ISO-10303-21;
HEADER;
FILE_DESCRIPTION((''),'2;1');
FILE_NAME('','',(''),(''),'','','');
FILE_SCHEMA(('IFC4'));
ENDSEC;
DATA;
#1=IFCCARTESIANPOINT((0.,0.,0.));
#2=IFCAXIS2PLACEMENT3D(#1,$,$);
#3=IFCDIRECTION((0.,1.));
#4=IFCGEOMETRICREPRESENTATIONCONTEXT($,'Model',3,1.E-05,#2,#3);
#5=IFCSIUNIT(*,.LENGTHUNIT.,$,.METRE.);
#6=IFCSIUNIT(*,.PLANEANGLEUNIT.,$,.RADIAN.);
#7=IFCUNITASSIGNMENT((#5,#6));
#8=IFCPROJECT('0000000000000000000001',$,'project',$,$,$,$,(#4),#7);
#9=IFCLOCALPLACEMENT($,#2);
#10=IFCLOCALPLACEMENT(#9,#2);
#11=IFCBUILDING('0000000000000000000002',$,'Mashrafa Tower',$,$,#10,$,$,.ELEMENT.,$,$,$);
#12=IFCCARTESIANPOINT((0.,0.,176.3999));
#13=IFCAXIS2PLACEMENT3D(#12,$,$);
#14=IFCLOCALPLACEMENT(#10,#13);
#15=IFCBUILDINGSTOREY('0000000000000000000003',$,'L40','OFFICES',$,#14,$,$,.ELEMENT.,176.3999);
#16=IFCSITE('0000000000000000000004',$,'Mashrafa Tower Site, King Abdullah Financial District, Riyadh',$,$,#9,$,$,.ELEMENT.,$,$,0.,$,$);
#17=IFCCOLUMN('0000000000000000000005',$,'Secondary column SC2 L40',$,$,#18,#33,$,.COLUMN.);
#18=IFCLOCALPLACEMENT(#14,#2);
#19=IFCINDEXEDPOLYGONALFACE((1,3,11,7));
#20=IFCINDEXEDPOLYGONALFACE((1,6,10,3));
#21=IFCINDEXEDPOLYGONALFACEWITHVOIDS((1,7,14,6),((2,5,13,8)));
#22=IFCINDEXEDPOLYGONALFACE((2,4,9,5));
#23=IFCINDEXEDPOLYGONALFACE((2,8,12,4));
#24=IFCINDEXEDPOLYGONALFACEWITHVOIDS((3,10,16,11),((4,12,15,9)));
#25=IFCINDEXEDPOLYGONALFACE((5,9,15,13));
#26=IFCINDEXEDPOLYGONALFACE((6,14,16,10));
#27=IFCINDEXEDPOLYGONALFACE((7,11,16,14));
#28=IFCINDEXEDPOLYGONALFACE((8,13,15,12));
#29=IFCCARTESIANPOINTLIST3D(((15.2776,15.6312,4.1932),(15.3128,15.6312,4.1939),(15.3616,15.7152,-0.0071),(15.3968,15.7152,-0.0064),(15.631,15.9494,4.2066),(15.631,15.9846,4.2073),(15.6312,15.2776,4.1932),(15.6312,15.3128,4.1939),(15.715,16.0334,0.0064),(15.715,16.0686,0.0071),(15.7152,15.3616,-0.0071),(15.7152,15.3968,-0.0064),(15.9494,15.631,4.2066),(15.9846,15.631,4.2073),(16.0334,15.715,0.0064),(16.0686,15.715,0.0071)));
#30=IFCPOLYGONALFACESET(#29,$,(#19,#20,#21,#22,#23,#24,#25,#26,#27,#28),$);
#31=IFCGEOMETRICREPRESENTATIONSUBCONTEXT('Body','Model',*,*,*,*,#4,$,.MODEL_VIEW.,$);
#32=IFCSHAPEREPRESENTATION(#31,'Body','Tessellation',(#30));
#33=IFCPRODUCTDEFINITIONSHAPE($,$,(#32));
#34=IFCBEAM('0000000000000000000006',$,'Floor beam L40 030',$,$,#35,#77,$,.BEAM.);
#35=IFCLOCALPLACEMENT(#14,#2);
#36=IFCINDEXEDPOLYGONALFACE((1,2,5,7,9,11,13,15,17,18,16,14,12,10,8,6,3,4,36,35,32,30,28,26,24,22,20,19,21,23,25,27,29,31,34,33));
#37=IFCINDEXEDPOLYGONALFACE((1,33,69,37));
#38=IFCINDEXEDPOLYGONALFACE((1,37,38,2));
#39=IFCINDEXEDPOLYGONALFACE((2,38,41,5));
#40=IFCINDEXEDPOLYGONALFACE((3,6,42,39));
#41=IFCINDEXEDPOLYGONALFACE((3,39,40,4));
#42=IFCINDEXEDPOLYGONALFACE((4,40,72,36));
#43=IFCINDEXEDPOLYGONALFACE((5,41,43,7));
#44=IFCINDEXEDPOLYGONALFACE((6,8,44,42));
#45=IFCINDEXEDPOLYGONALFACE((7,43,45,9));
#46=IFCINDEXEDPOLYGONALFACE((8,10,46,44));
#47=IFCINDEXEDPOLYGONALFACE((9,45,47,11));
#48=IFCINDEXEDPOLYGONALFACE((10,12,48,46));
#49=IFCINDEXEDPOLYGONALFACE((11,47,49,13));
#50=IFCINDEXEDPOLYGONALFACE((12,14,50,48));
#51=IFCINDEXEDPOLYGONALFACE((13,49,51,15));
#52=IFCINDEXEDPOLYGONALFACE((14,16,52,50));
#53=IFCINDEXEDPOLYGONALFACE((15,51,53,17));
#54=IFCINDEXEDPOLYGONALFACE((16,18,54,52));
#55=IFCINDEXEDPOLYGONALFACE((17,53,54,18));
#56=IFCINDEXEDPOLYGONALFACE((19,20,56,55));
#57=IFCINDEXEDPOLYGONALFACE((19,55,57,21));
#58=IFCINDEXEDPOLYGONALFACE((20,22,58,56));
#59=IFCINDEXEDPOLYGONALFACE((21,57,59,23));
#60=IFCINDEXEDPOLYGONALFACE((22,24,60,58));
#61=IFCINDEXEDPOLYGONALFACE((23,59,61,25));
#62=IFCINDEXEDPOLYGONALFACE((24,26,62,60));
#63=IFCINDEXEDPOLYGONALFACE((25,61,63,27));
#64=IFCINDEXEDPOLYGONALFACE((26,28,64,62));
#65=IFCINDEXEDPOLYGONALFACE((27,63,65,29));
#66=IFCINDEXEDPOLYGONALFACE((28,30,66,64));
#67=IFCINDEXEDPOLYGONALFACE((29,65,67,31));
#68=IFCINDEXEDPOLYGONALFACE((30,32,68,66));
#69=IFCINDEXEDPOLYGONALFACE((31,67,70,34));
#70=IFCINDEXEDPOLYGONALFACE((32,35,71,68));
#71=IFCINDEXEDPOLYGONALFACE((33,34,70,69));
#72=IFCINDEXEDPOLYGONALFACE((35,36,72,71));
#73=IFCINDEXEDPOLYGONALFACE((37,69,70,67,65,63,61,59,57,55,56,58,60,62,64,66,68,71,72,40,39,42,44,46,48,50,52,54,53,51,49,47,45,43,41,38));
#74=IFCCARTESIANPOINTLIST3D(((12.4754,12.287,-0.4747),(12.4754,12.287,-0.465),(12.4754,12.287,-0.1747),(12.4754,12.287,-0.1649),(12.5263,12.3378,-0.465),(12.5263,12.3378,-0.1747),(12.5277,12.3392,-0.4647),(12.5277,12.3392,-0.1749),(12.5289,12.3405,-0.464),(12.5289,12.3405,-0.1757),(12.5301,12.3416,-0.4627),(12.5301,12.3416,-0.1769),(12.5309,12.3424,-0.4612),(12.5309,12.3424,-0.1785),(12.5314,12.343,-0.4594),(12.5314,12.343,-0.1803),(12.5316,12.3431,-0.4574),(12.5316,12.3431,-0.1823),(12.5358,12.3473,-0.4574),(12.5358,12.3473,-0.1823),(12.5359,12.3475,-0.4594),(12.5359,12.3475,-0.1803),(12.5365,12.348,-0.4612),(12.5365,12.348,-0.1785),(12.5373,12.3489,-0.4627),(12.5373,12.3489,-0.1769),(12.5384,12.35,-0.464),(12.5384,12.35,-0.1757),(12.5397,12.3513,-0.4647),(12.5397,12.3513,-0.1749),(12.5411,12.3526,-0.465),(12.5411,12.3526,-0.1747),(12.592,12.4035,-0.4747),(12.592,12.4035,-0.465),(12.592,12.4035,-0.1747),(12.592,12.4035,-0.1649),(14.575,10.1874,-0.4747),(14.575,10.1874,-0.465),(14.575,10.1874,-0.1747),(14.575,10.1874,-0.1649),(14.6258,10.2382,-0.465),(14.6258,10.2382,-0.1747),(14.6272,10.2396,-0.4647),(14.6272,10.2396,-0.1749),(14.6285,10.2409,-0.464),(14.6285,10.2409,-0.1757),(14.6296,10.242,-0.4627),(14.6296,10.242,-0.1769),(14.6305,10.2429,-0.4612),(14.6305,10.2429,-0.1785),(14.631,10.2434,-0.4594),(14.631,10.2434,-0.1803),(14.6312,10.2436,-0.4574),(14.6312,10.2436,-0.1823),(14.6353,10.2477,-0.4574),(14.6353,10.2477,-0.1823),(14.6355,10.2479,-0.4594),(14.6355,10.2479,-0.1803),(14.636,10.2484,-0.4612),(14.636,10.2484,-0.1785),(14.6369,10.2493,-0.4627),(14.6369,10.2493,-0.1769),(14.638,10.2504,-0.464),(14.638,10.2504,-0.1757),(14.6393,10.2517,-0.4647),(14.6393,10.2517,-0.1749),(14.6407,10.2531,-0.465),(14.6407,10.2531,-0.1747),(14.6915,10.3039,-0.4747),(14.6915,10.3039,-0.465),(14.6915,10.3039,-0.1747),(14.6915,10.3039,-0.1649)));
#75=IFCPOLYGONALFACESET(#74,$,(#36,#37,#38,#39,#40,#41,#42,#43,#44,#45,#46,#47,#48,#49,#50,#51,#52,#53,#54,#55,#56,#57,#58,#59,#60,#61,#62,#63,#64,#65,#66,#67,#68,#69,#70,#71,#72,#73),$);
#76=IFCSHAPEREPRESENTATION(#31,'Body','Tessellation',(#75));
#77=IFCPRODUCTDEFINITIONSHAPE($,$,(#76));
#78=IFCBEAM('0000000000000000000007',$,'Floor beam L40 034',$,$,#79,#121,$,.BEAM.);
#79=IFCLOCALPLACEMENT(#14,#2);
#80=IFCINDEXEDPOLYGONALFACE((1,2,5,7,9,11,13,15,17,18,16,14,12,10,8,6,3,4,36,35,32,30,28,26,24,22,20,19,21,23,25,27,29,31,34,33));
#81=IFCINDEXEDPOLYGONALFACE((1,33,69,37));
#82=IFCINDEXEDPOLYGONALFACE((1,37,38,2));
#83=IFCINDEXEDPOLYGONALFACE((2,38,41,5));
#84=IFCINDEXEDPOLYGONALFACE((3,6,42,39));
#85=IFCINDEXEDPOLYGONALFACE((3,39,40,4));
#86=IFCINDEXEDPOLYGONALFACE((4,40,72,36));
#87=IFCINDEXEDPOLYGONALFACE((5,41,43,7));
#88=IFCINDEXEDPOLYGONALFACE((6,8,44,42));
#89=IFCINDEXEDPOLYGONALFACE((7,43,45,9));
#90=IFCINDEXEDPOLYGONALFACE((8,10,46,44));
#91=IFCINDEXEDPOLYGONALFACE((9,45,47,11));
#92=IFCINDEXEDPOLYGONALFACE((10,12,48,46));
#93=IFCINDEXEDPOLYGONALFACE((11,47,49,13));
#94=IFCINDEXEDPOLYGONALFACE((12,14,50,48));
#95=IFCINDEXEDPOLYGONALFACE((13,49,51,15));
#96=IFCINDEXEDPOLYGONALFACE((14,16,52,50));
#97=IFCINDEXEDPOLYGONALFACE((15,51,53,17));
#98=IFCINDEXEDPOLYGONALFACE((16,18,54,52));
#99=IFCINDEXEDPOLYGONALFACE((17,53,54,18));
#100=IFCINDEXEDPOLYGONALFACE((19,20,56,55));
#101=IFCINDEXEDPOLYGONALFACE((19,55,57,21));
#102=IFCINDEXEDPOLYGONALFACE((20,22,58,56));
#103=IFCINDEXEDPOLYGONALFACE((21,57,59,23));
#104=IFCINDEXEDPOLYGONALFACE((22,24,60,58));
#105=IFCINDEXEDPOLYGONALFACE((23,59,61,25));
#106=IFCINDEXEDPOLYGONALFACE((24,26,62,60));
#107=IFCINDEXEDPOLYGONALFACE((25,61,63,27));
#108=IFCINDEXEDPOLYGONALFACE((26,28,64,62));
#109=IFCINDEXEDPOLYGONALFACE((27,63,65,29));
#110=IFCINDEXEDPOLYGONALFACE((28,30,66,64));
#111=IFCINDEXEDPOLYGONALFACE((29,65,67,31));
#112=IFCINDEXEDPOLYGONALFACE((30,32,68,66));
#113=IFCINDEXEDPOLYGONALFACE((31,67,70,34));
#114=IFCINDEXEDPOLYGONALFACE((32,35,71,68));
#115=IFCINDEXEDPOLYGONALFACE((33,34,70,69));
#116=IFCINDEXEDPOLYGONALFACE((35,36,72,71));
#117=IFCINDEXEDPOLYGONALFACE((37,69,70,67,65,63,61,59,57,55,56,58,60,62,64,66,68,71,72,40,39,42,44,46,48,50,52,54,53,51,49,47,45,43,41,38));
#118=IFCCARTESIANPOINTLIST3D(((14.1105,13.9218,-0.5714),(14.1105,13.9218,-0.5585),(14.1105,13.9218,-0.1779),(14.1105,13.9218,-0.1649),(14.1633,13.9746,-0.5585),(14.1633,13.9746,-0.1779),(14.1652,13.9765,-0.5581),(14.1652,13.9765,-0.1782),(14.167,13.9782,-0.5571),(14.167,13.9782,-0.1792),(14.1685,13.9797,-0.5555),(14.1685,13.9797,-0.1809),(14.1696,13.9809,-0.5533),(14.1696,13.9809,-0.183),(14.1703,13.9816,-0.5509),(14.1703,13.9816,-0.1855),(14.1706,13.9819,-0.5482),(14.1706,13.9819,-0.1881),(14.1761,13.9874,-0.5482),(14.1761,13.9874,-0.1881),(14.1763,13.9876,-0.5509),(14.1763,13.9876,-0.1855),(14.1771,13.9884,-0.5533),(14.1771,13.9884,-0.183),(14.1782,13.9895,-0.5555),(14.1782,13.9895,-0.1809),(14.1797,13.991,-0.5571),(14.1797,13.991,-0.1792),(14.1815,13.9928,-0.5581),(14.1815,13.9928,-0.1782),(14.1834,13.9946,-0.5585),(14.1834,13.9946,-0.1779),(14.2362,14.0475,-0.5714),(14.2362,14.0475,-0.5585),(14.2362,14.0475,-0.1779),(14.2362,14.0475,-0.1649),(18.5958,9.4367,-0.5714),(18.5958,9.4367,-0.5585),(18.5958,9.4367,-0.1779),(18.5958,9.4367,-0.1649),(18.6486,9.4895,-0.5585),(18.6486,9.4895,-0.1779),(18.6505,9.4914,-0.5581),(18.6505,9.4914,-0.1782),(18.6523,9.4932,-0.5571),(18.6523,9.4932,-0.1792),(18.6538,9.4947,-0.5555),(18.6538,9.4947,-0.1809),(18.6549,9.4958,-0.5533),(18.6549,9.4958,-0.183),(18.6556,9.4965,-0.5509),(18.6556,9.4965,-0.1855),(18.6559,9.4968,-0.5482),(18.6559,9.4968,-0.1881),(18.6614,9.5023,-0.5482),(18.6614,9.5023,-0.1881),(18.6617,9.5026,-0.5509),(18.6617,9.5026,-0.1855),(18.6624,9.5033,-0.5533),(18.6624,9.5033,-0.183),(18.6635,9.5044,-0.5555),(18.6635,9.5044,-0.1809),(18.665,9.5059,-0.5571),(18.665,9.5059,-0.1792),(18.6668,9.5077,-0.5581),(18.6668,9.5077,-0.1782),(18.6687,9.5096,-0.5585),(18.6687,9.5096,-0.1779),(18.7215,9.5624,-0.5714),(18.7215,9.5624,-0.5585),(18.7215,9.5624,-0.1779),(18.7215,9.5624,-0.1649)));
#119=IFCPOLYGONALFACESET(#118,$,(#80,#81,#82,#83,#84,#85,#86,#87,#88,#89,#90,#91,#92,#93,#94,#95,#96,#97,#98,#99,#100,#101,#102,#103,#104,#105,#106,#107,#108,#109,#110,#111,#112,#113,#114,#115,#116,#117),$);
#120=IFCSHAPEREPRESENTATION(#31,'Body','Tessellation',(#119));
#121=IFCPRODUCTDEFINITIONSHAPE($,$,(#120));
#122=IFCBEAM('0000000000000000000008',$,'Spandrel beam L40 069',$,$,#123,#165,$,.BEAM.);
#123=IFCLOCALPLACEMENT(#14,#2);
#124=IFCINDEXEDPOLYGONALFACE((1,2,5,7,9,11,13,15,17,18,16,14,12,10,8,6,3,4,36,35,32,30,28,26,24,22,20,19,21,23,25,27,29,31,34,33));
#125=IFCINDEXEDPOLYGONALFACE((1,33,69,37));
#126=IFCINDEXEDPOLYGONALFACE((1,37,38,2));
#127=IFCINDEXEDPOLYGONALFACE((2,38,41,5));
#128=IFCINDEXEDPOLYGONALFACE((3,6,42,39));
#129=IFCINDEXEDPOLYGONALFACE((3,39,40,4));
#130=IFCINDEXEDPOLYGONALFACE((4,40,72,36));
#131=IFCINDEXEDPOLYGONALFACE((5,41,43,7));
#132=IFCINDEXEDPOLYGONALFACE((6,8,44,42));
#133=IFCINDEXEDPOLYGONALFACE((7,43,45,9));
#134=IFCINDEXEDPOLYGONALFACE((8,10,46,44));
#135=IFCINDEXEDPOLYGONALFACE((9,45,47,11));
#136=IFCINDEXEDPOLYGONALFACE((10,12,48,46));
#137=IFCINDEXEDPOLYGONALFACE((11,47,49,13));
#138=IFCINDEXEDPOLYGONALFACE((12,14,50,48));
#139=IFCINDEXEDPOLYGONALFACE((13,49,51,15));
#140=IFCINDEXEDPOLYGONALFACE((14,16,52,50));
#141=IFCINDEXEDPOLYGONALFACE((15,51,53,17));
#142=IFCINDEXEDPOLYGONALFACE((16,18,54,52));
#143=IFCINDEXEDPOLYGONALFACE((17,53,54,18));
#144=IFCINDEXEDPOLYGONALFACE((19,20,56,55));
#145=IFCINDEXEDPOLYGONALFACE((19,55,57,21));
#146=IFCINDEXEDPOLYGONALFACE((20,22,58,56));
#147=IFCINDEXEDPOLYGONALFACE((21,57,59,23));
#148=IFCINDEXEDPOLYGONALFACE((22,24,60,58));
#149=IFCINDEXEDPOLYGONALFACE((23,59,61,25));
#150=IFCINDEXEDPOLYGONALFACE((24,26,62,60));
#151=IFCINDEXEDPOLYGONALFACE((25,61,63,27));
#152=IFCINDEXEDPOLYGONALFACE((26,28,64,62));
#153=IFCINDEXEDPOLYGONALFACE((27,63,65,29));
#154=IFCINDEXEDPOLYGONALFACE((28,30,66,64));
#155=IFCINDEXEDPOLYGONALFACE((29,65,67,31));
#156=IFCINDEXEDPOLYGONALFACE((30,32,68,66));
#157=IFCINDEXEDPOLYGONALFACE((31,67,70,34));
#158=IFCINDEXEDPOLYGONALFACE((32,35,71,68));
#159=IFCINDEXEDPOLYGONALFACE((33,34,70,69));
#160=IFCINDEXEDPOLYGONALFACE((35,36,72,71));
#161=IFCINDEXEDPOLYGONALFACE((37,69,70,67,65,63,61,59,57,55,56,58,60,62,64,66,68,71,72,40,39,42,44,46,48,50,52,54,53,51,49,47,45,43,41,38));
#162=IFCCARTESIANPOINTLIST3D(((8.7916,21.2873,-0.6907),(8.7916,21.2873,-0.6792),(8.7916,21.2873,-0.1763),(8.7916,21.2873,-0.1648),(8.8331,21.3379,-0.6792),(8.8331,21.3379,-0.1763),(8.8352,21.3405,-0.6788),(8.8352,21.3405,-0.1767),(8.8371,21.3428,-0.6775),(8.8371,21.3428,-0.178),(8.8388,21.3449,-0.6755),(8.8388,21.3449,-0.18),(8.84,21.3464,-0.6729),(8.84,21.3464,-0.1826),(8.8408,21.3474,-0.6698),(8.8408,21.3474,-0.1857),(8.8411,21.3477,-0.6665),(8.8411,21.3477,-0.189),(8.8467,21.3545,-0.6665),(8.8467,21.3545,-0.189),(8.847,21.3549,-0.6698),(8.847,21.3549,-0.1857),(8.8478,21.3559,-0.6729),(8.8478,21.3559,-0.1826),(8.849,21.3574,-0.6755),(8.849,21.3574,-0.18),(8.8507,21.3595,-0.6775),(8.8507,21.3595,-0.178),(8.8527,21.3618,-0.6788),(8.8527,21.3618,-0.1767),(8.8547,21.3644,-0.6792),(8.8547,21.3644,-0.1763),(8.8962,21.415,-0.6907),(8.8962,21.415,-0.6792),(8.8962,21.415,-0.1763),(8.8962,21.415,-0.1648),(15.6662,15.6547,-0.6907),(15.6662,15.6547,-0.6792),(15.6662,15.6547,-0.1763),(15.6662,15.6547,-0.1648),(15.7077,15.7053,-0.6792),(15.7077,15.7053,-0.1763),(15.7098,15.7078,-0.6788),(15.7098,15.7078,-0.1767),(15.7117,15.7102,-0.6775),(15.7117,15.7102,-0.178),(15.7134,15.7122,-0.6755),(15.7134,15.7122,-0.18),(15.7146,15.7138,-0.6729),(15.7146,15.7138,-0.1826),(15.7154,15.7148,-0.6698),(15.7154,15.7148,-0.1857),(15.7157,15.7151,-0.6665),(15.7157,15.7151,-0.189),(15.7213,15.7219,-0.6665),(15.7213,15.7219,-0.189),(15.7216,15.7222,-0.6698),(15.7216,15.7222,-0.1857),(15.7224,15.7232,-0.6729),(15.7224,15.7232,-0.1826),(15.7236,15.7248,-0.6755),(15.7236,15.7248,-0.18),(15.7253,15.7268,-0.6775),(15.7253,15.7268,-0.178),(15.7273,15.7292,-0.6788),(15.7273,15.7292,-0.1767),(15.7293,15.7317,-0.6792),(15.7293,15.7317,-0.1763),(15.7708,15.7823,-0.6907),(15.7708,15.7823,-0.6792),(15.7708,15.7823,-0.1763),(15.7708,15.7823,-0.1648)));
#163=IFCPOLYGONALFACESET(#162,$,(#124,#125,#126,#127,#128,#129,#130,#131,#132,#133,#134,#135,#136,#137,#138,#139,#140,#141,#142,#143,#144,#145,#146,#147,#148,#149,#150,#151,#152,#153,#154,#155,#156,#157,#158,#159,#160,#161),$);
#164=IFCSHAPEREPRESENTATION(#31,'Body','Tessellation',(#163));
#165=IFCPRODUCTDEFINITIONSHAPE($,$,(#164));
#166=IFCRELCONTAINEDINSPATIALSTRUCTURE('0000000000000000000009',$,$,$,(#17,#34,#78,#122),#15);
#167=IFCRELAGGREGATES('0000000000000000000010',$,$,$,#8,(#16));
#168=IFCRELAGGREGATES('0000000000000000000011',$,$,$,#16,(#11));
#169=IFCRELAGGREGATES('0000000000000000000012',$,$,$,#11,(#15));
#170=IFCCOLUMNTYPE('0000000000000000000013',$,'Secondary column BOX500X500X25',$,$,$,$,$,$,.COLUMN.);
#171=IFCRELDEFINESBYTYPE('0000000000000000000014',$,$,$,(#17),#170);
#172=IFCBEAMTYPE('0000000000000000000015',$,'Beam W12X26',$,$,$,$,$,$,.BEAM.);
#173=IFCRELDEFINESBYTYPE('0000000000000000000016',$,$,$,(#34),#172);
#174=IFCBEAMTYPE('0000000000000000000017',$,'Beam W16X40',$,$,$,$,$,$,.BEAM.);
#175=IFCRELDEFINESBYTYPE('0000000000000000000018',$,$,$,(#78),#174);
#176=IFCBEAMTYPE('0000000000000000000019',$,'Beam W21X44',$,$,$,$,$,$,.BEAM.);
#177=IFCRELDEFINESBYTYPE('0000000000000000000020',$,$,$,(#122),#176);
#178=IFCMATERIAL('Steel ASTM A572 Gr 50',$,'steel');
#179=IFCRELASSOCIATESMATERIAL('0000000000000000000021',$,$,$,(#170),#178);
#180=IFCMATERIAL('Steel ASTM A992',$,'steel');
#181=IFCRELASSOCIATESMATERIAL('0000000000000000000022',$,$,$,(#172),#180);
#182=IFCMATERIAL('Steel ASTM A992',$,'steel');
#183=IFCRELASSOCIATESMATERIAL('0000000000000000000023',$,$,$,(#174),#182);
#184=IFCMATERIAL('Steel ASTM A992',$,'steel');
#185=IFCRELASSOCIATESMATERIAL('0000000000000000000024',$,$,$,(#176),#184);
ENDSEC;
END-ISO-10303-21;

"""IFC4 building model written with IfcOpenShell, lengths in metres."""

from ifc_helpers import new_model, si_unit, direction, frame, origin, origin_2d, place, context, subcontext, project, spatial, hollow_rectangle, i_section, extrude, material, material_profile, profile_set, type_object, element, save


model = new_model("IFC4")

# Units and contexts
model_context = context("Model", 3, precision=1e-05, world=origin(), true_north=direction((0.0, 1.0)))
body_context = subcontext(model_context, "Body", "Model", "MODEL_VIEW")
ifc_project = project(units=[si_unit("LENGTHUNIT", "METRE"), si_unit("PLANEANGLEUNIT", "RADIAN")], contexts=[model_context])

# Site, building, storey
site_placement = place(None, origin())
site = spatial("IfcSite", under=ifc_project, at=site_placement, Name="Mashrafa Tower Site, King Abdullah Financial District, Riyadh", CompositionType="ELEMENT", RefElevation=0.0)
building_placement = place(site_placement, origin())
building = spatial("IfcBuilding", under=site, at=building_placement, Name="Mashrafa Tower", CompositionType="ELEMENT")
storey_placement = place(building_placement, frame((0.0, 0.0, 176.3999)))
storey = spatial("IfcBuildingStorey", under=building, at=storey_placement, Name="L40", Description="OFFICES", CompositionType="ELEMENT", Elevation=176.3999)

# Column
ifc_material_1 = material(Name="Steel ASTM A572 Gr 50", Category="steel")
ifc_material_profile_1 = material_profile(ifc_material_1, hollow_rectangle(XDim=0.5, YDim=0.5, WallThickness=0.0249, at=origin_2d()), Name="BOX500X500X25")
ifc_profile_set_1 = profile_set([ifc_material_profile_1], Name="Steel ASTM A572 Gr 50")
column_type = type_object("IfcColumnType", Name="Secondary column BOX500X500X25", PredefinedType="COLUMN", material=ifc_profile_set_1)
column_placement = place(storey_placement, frame((15.7151, 15.7151, 0.0), z_axis=(-0.019987, -0.019987, 0.9996), x_axis=(0.707107, -0.707107, 0.0)))
element("IfcColumn", 1, at=column_placement, inside=storey, type_object=column_type, Name="Secondary column SC2 L40", PredefinedType="COLUMN", context=body_context, shape_type="SweptSolid", body=[
    extrude(hollow_rectangle(XDim=0.5, YDim=0.5, WallThickness=0.0249, at=origin_2d()), origin(), (0.0, 0.0, 1.0), 4.2019),
])

# Beams
ifc_material_2 = material(Name="Steel ASTM A992", Category="steel")
ifc_material_profile_2 = material_profile(ifc_material_2, i_section(OverallWidth=0.1648, OverallDepth=0.3098, WebThickness=0.0059, FlangeThickness=0.0098, FilletRadius=0.0076, at=origin_2d()), Name="W12X26")
ifc_profile_set_2 = profile_set([ifc_material_profile_2], Name="Steel ASTM A992")
beam_type_1 = type_object("IfcBeamType", Name="Beam W12X26", PredefinedType="BEAM", material=ifc_profile_set_2)
beam_1_placement = place(storey_placement, frame((12.5337, 12.3452, -0.3198), z_axis=(0.707107, -0.707107, 0.0), x_axis=(0.707107, 0.707107, 0.0)))
element("IfcBeam", 2, at=beam_1_placement, inside=storey, type_object=beam_type_1, Name="Floor beam L40 030", PredefinedType="BEAM", context=body_context, shape_type="SweptSolid", body=[
    extrude(i_section(OverallWidth=0.1648, OverallDepth=0.3098, WebThickness=0.0059, FlangeThickness=0.0098, FilletRadius=0.0076, at=origin_2d()), origin(), (0.0, 0.0, 1.0), 2.9692),
])
ifc_material_3 = material(Name="Steel ASTM A992", Category="steel")
ifc_material_profile_3 = material_profile(ifc_material_3, i_section(OverallWidth=0.1777, OverallDepth=0.4065, WebThickness=0.0078, FlangeThickness=0.0129, FilletRadius=0.0103, at=origin_2d()), Name="W16X40")
ifc_profile_set_3 = profile_set([ifc_material_profile_3], Name="Steel ASTM A992")
beam_type_2 = type_object("IfcBeamType", Name="Beam W16X40", PredefinedType="BEAM", material=ifc_profile_set_3)
beam_2_placement = place(storey_placement, frame((14.1733, 13.9846, -0.3682), z_axis=(0.707126, -0.707088, 0.0), x_axis=(0.707088, 0.707126, 0.0)))
element("IfcBeam", 3, at=beam_2_placement, inside=storey, type_object=beam_type_2, Name="Floor beam L40 034", PredefinedType="BEAM", context=body_context, shape_type="SweptSolid", body=[
    extrude(i_section(OverallWidth=0.1777, OverallDepth=0.4065, WebThickness=0.0078, FlangeThickness=0.0129, FilletRadius=0.0103, at=origin_2d()), origin(), (0.0, 0.0, 1.0), 6.343),
])
ifc_material_4 = material(Name="Steel ASTM A992", Category="steel")
ifc_material_profile_4 = material_profile(ifc_material_4, i_section(OverallWidth=0.165, OverallDepth=0.5259, WebThickness=0.0088, FlangeThickness=0.0115, FilletRadius=0.0127, at=origin_2d()), Name="W21X44")
ifc_profile_set_4 = profile_set([ifc_material_profile_4], Name="Steel ASTM A992")
beam_type_3 = type_object("IfcBeamType", Name="Beam W21X44", PredefinedType="BEAM", material=ifc_profile_set_4)
beam_3_placement = place(storey_placement, frame((15.7185, 15.7185, -0.4277), z_axis=(-0.773518, 0.633775, 0.0), x_axis=(-0.633775, -0.773518, 0.0)))
element("IfcBeam", 4, at=beam_3_placement, inside=storey, type_object=beam_type_3, Name="Spandrel beam L40 069", PredefinedType="BEAM", context=body_context, shape_type="SweptSolid", body=[
    extrude(i_section(OverallWidth=0.165, OverallDepth=0.5259, WebThickness=0.0088, FlangeThickness=0.0115, FilletRadius=0.0127, at=origin_2d()), origin(), (0.0, 0.0, 1.0), 8.8875),
])

save(model, "model.ifc")
